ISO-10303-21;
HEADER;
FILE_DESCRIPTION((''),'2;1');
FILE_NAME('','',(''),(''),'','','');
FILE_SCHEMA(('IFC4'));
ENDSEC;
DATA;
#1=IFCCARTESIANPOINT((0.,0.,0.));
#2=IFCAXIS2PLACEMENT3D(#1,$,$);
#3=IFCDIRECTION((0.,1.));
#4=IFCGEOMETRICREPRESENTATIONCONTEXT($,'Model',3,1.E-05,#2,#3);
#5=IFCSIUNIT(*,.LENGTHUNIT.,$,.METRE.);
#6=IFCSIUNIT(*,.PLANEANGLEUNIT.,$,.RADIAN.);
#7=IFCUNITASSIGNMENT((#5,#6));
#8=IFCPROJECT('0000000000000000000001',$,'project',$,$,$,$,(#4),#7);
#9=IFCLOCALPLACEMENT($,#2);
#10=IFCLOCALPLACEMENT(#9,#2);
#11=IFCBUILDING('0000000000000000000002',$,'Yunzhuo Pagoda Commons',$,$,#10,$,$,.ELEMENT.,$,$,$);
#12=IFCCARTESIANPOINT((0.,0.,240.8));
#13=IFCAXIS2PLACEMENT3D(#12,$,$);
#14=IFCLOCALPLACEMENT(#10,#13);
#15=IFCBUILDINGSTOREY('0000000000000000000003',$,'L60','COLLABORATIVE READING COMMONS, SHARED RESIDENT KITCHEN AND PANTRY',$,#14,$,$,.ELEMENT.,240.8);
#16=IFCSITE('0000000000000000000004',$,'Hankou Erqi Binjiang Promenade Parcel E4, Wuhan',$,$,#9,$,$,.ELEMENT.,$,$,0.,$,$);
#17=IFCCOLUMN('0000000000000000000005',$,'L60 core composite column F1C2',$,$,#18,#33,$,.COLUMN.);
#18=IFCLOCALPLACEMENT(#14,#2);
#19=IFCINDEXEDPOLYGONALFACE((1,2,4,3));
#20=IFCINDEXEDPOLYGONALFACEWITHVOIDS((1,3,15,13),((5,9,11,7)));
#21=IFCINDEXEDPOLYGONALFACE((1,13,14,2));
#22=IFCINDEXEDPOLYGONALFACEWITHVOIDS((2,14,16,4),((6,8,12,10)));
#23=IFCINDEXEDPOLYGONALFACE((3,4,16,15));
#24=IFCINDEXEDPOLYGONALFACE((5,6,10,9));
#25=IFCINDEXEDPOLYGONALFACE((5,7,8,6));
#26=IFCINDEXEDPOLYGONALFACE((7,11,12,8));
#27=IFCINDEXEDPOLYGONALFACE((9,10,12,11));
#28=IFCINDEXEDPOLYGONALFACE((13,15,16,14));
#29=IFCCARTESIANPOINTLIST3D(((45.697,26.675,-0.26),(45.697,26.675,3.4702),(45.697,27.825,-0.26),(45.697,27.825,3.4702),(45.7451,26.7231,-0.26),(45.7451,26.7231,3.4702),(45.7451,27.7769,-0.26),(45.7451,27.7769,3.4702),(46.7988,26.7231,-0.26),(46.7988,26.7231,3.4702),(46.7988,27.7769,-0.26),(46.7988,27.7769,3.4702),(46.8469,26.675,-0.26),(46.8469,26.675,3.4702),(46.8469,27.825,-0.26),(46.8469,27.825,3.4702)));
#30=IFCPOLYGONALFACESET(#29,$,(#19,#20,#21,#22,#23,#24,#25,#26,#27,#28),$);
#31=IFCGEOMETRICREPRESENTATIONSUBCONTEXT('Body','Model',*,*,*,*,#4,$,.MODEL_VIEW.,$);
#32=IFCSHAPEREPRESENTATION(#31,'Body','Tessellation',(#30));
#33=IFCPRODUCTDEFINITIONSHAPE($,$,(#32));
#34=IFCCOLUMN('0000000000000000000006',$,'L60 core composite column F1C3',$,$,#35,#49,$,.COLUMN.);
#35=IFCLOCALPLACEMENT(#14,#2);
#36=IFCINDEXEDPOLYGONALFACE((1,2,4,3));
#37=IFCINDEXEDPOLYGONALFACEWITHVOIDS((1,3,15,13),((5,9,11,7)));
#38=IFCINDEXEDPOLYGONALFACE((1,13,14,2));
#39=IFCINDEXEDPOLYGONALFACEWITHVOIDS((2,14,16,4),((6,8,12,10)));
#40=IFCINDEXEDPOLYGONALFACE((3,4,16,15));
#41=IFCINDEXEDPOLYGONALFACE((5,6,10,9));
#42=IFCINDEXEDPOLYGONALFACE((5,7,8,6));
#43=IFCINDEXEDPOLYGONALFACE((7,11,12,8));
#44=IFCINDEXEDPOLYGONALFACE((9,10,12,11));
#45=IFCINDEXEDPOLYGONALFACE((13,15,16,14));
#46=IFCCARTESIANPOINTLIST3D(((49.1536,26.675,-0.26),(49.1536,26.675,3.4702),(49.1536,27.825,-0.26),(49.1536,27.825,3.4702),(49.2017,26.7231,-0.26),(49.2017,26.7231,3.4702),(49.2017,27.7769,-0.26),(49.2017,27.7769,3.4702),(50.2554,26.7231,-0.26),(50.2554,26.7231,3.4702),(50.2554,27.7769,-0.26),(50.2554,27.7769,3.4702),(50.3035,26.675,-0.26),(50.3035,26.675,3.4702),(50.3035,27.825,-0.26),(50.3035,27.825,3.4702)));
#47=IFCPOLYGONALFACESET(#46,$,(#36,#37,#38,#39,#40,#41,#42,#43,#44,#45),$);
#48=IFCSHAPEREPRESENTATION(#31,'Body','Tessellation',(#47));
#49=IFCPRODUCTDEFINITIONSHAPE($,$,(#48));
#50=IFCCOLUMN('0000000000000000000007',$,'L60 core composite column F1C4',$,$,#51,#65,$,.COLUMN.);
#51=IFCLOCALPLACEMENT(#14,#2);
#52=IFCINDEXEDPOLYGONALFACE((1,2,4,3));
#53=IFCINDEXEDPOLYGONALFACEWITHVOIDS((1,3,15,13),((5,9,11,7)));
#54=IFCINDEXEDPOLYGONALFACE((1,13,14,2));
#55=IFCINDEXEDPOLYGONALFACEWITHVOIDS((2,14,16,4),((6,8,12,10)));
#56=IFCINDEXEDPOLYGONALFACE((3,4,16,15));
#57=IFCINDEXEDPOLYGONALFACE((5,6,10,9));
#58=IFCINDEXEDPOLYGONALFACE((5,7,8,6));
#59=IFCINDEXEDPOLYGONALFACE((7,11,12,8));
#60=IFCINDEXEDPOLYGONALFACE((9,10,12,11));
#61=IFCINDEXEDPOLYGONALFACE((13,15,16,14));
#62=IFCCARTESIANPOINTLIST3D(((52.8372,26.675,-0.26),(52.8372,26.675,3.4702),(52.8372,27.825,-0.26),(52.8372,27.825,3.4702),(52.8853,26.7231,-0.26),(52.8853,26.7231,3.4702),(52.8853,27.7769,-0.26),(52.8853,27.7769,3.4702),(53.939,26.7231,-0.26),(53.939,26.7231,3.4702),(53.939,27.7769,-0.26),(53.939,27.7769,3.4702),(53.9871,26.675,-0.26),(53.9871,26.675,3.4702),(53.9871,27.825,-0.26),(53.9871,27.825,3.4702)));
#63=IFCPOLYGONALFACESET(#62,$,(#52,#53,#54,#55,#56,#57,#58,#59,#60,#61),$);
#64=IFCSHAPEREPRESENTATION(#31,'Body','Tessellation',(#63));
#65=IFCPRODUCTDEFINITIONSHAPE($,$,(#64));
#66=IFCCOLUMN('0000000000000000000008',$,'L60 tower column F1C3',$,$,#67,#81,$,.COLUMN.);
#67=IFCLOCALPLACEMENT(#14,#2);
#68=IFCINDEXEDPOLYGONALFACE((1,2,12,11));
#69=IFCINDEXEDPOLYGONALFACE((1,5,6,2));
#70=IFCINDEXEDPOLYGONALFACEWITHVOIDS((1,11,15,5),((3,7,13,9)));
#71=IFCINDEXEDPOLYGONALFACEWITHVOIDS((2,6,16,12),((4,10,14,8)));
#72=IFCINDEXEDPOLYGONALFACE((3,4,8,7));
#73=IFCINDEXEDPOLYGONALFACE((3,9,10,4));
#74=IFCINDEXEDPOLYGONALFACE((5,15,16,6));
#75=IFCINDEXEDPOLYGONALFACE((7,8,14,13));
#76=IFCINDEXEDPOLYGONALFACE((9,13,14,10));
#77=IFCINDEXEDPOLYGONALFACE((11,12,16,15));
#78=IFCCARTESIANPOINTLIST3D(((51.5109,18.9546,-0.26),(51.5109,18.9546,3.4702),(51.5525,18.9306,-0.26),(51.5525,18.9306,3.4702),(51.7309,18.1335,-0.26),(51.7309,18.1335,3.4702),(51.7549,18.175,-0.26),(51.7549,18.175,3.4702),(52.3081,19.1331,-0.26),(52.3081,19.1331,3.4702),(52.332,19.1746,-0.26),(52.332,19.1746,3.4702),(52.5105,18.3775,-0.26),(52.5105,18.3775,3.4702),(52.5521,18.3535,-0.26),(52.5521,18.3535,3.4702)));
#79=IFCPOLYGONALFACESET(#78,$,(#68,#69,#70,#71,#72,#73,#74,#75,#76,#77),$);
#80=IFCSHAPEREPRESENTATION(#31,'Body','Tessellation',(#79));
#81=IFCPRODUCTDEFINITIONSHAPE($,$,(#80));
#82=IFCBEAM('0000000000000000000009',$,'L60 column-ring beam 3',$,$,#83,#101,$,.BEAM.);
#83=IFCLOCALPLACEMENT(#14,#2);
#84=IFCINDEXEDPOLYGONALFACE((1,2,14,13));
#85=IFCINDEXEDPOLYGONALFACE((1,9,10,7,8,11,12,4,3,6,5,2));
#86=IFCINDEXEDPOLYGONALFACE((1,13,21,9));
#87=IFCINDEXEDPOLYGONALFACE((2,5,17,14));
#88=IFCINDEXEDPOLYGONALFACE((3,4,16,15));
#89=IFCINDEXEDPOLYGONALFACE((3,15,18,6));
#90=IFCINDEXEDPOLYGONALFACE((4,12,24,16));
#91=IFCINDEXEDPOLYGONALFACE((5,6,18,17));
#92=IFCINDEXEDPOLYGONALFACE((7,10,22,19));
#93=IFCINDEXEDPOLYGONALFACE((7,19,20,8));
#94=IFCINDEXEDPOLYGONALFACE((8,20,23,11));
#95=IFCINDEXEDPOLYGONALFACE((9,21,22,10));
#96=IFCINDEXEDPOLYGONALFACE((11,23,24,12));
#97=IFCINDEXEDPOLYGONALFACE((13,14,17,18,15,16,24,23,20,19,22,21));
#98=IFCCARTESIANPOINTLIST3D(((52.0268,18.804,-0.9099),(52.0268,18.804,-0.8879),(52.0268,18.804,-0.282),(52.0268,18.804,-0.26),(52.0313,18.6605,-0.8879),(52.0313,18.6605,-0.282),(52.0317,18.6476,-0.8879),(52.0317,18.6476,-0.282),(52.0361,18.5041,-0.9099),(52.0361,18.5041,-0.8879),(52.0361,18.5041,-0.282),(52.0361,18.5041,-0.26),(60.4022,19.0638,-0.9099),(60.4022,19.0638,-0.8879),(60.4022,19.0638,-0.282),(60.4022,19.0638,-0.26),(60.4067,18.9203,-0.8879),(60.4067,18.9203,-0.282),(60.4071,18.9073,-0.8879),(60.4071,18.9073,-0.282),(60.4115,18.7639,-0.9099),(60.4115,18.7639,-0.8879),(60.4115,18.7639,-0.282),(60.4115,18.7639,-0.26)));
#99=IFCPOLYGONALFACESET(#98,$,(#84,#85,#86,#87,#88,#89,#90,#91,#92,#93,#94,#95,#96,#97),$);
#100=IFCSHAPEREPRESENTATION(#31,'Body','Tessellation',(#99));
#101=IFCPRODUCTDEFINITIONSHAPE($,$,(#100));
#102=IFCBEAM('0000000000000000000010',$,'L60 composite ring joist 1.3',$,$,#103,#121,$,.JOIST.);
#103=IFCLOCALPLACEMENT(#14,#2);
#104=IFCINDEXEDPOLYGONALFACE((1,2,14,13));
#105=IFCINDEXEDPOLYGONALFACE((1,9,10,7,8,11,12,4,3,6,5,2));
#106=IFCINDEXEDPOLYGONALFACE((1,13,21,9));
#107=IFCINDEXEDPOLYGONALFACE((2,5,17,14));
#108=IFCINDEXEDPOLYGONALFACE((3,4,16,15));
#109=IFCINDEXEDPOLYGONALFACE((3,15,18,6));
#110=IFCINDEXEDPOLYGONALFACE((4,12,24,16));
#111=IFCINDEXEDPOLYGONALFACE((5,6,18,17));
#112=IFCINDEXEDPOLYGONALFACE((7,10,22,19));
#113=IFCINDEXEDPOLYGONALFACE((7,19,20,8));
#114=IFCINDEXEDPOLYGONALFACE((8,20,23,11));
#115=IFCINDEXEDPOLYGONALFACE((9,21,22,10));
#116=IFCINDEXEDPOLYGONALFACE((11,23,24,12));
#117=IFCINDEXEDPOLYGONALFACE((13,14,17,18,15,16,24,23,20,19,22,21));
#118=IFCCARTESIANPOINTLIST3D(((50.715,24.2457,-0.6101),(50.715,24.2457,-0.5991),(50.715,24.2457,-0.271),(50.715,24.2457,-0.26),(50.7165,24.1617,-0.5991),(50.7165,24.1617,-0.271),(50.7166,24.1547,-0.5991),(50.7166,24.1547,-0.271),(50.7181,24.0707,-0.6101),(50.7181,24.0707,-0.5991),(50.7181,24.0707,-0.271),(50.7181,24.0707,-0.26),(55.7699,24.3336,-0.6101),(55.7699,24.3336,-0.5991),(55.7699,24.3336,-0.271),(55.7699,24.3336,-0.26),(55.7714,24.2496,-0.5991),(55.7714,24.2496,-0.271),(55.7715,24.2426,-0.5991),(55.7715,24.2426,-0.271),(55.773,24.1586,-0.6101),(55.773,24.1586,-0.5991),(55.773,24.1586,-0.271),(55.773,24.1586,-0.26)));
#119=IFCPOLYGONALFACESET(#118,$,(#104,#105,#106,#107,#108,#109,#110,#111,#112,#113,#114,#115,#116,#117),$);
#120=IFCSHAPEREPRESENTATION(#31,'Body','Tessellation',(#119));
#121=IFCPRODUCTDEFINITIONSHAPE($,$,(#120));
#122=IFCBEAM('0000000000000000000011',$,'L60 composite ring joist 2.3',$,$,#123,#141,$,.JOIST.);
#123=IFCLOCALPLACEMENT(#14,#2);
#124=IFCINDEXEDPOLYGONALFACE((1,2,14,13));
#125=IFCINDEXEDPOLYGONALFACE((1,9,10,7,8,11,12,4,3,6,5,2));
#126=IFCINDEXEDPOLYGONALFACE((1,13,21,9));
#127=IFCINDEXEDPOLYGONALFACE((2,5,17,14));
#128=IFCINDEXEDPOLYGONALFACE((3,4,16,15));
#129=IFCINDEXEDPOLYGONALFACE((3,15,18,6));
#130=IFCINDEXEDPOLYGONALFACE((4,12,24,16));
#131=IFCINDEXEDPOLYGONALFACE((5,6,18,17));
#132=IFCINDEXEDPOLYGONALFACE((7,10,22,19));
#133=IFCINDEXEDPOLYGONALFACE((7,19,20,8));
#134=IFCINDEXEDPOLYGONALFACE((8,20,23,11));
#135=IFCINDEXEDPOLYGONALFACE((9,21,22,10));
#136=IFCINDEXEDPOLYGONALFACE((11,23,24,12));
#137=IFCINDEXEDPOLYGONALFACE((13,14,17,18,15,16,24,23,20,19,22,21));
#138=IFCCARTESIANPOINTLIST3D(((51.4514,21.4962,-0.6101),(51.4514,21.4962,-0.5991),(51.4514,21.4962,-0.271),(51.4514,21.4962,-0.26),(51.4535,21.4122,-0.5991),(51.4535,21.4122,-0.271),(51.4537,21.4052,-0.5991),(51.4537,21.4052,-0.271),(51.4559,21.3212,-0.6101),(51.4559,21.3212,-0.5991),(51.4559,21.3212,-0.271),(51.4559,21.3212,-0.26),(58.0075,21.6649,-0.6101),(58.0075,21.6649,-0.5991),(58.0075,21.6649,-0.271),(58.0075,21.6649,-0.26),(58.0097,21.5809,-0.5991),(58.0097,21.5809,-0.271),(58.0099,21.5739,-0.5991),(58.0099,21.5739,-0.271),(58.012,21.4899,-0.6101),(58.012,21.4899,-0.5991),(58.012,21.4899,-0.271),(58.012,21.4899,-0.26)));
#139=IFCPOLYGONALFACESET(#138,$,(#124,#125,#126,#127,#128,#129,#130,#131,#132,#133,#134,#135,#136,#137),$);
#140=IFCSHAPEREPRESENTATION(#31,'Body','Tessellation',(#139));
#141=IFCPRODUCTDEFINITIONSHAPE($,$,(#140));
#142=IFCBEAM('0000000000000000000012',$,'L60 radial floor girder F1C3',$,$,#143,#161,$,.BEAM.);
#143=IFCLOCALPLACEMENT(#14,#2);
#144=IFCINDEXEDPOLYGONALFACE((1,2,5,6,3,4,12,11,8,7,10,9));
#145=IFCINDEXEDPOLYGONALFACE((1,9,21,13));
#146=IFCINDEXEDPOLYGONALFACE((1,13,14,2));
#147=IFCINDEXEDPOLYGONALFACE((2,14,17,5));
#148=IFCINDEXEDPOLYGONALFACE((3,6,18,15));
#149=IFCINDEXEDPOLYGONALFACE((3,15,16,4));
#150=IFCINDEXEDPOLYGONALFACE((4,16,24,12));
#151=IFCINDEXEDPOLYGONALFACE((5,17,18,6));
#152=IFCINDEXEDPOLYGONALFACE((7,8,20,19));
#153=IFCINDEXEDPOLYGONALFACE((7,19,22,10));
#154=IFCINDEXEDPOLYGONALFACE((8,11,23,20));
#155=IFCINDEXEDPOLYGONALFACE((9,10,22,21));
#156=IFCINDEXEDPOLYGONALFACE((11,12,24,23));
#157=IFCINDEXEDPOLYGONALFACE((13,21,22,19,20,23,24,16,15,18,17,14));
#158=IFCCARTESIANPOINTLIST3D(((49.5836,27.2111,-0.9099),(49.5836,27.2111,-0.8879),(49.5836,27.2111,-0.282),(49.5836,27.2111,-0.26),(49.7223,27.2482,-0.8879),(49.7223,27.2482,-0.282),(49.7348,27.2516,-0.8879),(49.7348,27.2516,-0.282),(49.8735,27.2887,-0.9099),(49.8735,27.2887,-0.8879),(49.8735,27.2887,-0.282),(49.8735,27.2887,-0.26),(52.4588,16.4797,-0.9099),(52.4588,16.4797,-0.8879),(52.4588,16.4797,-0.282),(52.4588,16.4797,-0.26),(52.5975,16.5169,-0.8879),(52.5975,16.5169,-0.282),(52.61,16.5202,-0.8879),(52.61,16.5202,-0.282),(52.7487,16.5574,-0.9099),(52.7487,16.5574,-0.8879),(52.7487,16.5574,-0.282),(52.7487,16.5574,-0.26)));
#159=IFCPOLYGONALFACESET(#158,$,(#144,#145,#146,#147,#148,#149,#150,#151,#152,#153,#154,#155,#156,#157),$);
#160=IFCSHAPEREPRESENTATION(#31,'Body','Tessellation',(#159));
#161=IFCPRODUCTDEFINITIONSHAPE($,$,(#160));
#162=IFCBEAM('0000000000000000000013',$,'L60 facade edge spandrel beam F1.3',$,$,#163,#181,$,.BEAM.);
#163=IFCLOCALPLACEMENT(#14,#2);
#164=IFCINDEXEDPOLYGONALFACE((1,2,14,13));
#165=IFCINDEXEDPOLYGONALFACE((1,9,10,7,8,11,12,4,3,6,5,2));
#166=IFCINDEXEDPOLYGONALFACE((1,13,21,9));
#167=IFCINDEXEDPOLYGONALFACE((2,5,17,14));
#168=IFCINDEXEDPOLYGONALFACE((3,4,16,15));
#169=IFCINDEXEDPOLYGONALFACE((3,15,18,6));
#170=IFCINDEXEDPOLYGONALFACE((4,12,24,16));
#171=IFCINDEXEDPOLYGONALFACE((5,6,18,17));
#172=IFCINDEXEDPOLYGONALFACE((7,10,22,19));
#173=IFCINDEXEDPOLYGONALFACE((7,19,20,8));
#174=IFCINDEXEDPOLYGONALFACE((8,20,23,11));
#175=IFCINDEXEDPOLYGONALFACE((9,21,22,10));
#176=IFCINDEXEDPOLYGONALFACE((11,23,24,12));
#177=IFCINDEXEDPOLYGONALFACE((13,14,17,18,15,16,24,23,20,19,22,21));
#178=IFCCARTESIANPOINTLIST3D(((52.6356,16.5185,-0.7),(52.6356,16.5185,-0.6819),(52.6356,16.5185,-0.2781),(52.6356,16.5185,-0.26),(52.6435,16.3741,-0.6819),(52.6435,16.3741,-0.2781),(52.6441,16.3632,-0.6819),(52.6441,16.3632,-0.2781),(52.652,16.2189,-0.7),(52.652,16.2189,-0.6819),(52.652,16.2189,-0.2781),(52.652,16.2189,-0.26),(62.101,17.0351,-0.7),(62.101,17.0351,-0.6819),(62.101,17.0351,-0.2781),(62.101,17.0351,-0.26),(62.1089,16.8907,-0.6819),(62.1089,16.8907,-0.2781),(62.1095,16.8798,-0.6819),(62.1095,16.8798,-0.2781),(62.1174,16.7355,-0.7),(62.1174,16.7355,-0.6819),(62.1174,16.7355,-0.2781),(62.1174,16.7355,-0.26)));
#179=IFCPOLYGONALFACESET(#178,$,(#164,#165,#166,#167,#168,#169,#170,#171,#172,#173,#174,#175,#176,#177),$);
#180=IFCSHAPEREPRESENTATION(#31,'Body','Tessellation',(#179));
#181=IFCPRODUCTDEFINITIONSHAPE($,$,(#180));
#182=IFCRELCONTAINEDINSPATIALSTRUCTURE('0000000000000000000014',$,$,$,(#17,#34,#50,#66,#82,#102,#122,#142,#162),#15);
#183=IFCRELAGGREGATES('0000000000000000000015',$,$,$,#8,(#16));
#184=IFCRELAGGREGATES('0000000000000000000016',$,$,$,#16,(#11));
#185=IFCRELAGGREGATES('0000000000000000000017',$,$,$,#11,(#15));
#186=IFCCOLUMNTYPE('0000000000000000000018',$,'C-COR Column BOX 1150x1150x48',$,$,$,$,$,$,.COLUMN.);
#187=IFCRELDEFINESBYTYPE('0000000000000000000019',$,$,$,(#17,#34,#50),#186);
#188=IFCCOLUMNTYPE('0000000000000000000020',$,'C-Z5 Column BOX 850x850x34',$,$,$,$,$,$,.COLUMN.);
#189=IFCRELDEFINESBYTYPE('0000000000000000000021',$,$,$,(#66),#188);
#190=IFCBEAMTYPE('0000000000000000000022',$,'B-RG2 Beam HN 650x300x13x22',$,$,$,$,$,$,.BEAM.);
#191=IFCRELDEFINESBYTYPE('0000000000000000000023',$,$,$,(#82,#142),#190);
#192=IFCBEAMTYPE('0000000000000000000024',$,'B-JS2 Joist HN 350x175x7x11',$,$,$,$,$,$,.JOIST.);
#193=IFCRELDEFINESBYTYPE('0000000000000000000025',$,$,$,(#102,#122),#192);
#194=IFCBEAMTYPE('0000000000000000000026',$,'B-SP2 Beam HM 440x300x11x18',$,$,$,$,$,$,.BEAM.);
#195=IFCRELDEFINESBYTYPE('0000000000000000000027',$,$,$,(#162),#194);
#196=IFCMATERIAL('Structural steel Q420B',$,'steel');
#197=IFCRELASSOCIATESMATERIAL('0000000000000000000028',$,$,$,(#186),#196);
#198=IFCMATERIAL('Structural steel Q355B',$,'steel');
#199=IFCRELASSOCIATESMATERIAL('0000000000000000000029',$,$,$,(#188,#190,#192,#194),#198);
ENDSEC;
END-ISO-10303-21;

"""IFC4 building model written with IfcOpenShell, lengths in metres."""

from ifc_helpers import new_model, si_unit, direction, frame, origin, origin_2d, place, context, subcontext, project, spatial, hollow_rectangle, i_section, extrude, source, transform, mapped, material, material_profile, profile_set, type_object, element, save


model = new_model("IFC4")

# Units and contexts
model_context = context("Model", 3, precision=1e-05, world=origin(), true_north=direction((0.0, 1.0)))
body_context = subcontext(model_context, "Body", "Model", "MODEL_VIEW")
ifc_project = project(units=[si_unit("LENGTHUNIT", "METRE"), si_unit("PLANEANGLEUNIT", "RADIAN")], contexts=[model_context])

# Site, building, storey
site_placement = place(None, origin())
site = spatial("IfcSite", under=ifc_project, at=site_placement, Name="Hankou Erqi Binjiang Promenade Parcel E4, Wuhan", CompositionType="ELEMENT", RefElevation=0.0)
building_placement = place(site_placement, origin())
building = spatial("IfcBuilding", under=site, at=building_placement, Name="Yunzhuo Pagoda Commons", CompositionType="ELEMENT")
storey_placement = place(building_placement, frame((0.0, 0.0, 240.8)))
storey = spatial("IfcBuildingStorey", under=building, at=storey_placement, Name="L60", Description="COLLABORATIVE READING COMMONS, SHARED RESIDENT KITCHEN AND PANTRY", CompositionType="ELEMENT", Elevation=240.8)

# Columns
ifc_material_1 = material(Name="Structural steel Q420B", Category="steel")
ifc_material_profile_1 = material_profile(ifc_material_1, hollow_rectangle(XDim=1.1499, YDim=1.1499, WallThickness=0.0481, at=origin_2d()), Name="Structural steel Q420B")
ifc_profile_set_1 = profile_set([ifc_material_profile_1], Name="Structural steel Q420B")
column_type_1 = type_object("IfcColumnType", Name="C-COR Column BOX 1150x1150x48", PredefinedType="COLUMN", material=ifc_profile_set_1)
shared_shape_1 = source(origin(), body_context, "Body", "SweptSolid", [
    extrude(hollow_rectangle(XDim=1.1499, YDim=1.1499, WallThickness=0.0481, at=origin_2d()), origin(), (0.0, 0.0, 1.0), 3.7302),
])
for number, where, z_axis, x_axis, name in (
    (1, (46.272, 27.25, -0.26), (0.0, 0.0, 1.0), (1.0, 0.0, 0.0), "L60 core composite column F1C2"),
    (2, (49.7285, 27.25, -0.26), (0.0, 0.0, 1.0), (1.0, 0.0, 0.0), "L60 core composite column F1C3"),
    (3, (53.4121, 27.25, -0.26), (0.0, 0.0, 1.0), (1.0, 0.0, 0.0), "L60 core composite column F1C4"),
):
    element("IfcColumn", number, at=place(storey_placement, frame(where, z_axis=z_axis, x_axis=x_axis)), inside=storey, type_object=column_type_1, Name=name, PredefinedType="COLUMN", context=body_context, shape_type="MappedRepresentation", body=[
        mapped(shared_shape_1, transform((0.0, 0.0, 0.0), scale=1.0)),
    ])
ifc_material_2 = material(Name="Structural steel Q355B", Category="steel")
ifc_material_profile_2 = material_profile(ifc_material_2, hollow_rectangle(XDim=0.8501, YDim=0.8501, WallThickness=0.0339, at=origin_2d()), Name="Structural steel Q355B")
ifc_profile_set_2 = profile_set([ifc_material_profile_2], Name="Structural steel Q355B")
column_type_2 = type_object("IfcColumnType", Name="C-Z5 Column BOX 850x850x34", PredefinedType="COLUMN", material=ifc_profile_set_2)
shared_shape_2 = source(origin(), body_context, "Body", "SweptSolid", [
    extrude(hollow_rectangle(XDim=0.8501, YDim=0.8501, WallThickness=0.0339, at=origin_2d()), origin(), (0.0, 0.0, 1.0), 3.7302),
])
column_placement = place(storey_placement, frame((52.0315, 18.6541, -0.26), z_axis=(0.0, 0.0, 1.0), x_axis=(0.965926, 0.258819, 0.0)))
element("IfcColumn", 4, at=column_placement, inside=storey, type_object=column_type_2, Name="L60 tower column F1C3", PredefinedType="COLUMN", context=body_context, shape_type="MappedRepresentation", body=[
    mapped(shared_shape_2, transform((0.0, 0.0, 0.0), scale=1.0)),
])

# Beams
ifc_material_profile_3 = material_profile(ifc_material_2, i_section(OverallWidth=0.3, OverallDepth=0.6499, WebThickness=0.0129, FlangeThickness=0.022, at=origin_2d()), Name="Structural steel Q355B")
ifc_profile_set_3 = profile_set([ifc_material_profile_3], Name="Structural steel Q355B")
beam_type_1 = type_object("IfcBeamType", Name="B-RG2 Beam HN 650x300x13x22", PredefinedType="BEAM", material=ifc_profile_set_3)
shared_shape_3 = source(origin(), body_context, "Body", "SweptSolid", [
    extrude(i_section(OverallWidth=0.3, OverallDepth=0.6499, WebThickness=0.0129, FlangeThickness=0.022, at=origin_2d()), origin(), (0.0, 0.0, 1.0), 8.3794),
])
beam_1_placement = place(storey_placement, frame((52.0315, 18.6541, -0.585), z_axis=(0.999519, 0.031, 0.0), x_axis=(-0.031, 0.999519, 0.0)))
element("IfcBeam", 5, at=beam_1_placement, inside=storey, type_object=beam_type_1, Name="L60 column-ring beam 3", PredefinedType="BEAM", context=body_context, shape_type="MappedRepresentation", body=[
    mapped(shared_shape_3, transform((0.0, 0.0, 0.0), scale=1.0)),
])
ifc_material_profile_4 = material_profile(ifc_material_2, i_section(OverallWidth=0.175, OverallDepth=0.3501, WebThickness=0.0071, FlangeThickness=0.011, at=origin_2d()), Name="Structural steel Q355B")
ifc_profile_set_4 = profile_set([ifc_material_profile_4], Name="Structural steel Q355B")
beam_type_2 = type_object("IfcBeamType", Name="B-JS2 Joist HN 350x175x7x11", PredefinedType="JOIST", material=ifc_profile_set_4)
shared_shape_4 = source(origin(), body_context, "Body", "SweptSolid", [
    extrude(i_section(OverallWidth=0.175, OverallDepth=0.3501, WebThickness=0.0071, FlangeThickness=0.011, at=origin_2d()), origin(), (0.0, 0.0, 1.0), 5.0557),
])
beam_2_placement = place(storey_placement, frame((50.7166, 24.1582, -0.4351), z_axis=(0.999849, 0.017384, 0.0), x_axis=(-0.017384, 0.999849, 0.0)))
element("IfcBeam", 6, at=beam_2_placement, inside=storey, type_object=beam_type_2, Name="L60 composite ring joist 1.3", PredefinedType="JOIST", context=body_context, shape_type="MappedRepresentation", body=[
    mapped(shared_shape_4, transform((0.0, 0.0, 0.0), scale=1.0)),
])
shared_shape_5 = source(origin(), body_context, "Body", "SweptSolid", [
    extrude(i_section(OverallWidth=0.175, OverallDepth=0.3501, WebThickness=0.0071, FlangeThickness=0.011, at=origin_2d()), origin(), (0.0, 0.0, 1.0), 6.5583),
])
beam_3_placement = place(storey_placement, frame((51.4536, 21.4087, -0.4351), z_axis=(0.999669, 0.025723, 0.0), x_axis=(-0.025723, 0.999669, 0.0)))
element("IfcBeam", 7, at=beam_3_placement, inside=storey, type_object=beam_type_2, Name="L60 composite ring joist 2.3", PredefinedType="JOIST", context=body_context, shape_type="MappedRepresentation", body=[
    mapped(shared_shape_5, transform((0.0, 0.0, 0.0), scale=1.0)),
])
shared_shape_6 = source(origin(), body_context, "Body", "SweptSolid", [
    extrude(i_section(OverallWidth=0.3, OverallDepth=0.6499, WebThickness=0.0129, FlangeThickness=0.022, at=origin_2d()), origin(), (0.0, 0.0, 1.0), 11.1099),
])
beam_4_placement = place(storey_placement, frame((52.6038, 16.5186, -0.585), z_axis=(-0.258799, 0.965931, 0.0), x_axis=(-0.965931, -0.258799, 0.0)))
element("IfcBeam", 8, at=beam_4_placement, inside=storey, type_object=beam_type_1, Name="L60 radial floor girder F1C3", PredefinedType="BEAM", context=body_context, shape_type="MappedRepresentation", body=[
    mapped(shared_shape_6, transform((0.0, 0.0, 0.0), scale=1.0)),
])
ifc_material_profile_5 = material_profile(ifc_material_2, i_section(OverallWidth=0.3, OverallDepth=0.4399, WebThickness=0.011, FlangeThickness=0.0181, at=origin_2d()), Name="Structural steel Q355B")
ifc_profile_set_5 = profile_set([ifc_material_profile_5], Name="Structural steel Q355B")
beam_type_3 = type_object("IfcBeamType", Name="B-SP2 Beam HM 440x300x11x18", PredefinedType="BEAM", material=ifc_profile_set_5)
shared_shape_7 = source(origin(), body_context, "Body", "SweptSolid", [
    extrude(i_section(OverallWidth=0.3, OverallDepth=0.4399, WebThickness=0.011, FlangeThickness=0.0181, at=origin_2d()), origin(), (0.0, 0.0, 1.0), 9.4795),
])
beam_5_placement = place(storey_placement, frame((52.6438, 16.3687, -0.48), z_axis=(0.998514, 0.054497, 0.0), x_axis=(-0.054497, 0.998514, 0.0)))
element("IfcBeam", 9, at=beam_5_placement, inside=storey, type_object=beam_type_3, Name="L60 facade edge spandrel beam F1.3", PredefinedType="BEAM", context=body_context, shape_type="MappedRepresentation", body=[
    mapped(shared_shape_7, transform((0.0, 0.0, 0.0), scale=1.0)),
])

save(model, "model.ifc")
